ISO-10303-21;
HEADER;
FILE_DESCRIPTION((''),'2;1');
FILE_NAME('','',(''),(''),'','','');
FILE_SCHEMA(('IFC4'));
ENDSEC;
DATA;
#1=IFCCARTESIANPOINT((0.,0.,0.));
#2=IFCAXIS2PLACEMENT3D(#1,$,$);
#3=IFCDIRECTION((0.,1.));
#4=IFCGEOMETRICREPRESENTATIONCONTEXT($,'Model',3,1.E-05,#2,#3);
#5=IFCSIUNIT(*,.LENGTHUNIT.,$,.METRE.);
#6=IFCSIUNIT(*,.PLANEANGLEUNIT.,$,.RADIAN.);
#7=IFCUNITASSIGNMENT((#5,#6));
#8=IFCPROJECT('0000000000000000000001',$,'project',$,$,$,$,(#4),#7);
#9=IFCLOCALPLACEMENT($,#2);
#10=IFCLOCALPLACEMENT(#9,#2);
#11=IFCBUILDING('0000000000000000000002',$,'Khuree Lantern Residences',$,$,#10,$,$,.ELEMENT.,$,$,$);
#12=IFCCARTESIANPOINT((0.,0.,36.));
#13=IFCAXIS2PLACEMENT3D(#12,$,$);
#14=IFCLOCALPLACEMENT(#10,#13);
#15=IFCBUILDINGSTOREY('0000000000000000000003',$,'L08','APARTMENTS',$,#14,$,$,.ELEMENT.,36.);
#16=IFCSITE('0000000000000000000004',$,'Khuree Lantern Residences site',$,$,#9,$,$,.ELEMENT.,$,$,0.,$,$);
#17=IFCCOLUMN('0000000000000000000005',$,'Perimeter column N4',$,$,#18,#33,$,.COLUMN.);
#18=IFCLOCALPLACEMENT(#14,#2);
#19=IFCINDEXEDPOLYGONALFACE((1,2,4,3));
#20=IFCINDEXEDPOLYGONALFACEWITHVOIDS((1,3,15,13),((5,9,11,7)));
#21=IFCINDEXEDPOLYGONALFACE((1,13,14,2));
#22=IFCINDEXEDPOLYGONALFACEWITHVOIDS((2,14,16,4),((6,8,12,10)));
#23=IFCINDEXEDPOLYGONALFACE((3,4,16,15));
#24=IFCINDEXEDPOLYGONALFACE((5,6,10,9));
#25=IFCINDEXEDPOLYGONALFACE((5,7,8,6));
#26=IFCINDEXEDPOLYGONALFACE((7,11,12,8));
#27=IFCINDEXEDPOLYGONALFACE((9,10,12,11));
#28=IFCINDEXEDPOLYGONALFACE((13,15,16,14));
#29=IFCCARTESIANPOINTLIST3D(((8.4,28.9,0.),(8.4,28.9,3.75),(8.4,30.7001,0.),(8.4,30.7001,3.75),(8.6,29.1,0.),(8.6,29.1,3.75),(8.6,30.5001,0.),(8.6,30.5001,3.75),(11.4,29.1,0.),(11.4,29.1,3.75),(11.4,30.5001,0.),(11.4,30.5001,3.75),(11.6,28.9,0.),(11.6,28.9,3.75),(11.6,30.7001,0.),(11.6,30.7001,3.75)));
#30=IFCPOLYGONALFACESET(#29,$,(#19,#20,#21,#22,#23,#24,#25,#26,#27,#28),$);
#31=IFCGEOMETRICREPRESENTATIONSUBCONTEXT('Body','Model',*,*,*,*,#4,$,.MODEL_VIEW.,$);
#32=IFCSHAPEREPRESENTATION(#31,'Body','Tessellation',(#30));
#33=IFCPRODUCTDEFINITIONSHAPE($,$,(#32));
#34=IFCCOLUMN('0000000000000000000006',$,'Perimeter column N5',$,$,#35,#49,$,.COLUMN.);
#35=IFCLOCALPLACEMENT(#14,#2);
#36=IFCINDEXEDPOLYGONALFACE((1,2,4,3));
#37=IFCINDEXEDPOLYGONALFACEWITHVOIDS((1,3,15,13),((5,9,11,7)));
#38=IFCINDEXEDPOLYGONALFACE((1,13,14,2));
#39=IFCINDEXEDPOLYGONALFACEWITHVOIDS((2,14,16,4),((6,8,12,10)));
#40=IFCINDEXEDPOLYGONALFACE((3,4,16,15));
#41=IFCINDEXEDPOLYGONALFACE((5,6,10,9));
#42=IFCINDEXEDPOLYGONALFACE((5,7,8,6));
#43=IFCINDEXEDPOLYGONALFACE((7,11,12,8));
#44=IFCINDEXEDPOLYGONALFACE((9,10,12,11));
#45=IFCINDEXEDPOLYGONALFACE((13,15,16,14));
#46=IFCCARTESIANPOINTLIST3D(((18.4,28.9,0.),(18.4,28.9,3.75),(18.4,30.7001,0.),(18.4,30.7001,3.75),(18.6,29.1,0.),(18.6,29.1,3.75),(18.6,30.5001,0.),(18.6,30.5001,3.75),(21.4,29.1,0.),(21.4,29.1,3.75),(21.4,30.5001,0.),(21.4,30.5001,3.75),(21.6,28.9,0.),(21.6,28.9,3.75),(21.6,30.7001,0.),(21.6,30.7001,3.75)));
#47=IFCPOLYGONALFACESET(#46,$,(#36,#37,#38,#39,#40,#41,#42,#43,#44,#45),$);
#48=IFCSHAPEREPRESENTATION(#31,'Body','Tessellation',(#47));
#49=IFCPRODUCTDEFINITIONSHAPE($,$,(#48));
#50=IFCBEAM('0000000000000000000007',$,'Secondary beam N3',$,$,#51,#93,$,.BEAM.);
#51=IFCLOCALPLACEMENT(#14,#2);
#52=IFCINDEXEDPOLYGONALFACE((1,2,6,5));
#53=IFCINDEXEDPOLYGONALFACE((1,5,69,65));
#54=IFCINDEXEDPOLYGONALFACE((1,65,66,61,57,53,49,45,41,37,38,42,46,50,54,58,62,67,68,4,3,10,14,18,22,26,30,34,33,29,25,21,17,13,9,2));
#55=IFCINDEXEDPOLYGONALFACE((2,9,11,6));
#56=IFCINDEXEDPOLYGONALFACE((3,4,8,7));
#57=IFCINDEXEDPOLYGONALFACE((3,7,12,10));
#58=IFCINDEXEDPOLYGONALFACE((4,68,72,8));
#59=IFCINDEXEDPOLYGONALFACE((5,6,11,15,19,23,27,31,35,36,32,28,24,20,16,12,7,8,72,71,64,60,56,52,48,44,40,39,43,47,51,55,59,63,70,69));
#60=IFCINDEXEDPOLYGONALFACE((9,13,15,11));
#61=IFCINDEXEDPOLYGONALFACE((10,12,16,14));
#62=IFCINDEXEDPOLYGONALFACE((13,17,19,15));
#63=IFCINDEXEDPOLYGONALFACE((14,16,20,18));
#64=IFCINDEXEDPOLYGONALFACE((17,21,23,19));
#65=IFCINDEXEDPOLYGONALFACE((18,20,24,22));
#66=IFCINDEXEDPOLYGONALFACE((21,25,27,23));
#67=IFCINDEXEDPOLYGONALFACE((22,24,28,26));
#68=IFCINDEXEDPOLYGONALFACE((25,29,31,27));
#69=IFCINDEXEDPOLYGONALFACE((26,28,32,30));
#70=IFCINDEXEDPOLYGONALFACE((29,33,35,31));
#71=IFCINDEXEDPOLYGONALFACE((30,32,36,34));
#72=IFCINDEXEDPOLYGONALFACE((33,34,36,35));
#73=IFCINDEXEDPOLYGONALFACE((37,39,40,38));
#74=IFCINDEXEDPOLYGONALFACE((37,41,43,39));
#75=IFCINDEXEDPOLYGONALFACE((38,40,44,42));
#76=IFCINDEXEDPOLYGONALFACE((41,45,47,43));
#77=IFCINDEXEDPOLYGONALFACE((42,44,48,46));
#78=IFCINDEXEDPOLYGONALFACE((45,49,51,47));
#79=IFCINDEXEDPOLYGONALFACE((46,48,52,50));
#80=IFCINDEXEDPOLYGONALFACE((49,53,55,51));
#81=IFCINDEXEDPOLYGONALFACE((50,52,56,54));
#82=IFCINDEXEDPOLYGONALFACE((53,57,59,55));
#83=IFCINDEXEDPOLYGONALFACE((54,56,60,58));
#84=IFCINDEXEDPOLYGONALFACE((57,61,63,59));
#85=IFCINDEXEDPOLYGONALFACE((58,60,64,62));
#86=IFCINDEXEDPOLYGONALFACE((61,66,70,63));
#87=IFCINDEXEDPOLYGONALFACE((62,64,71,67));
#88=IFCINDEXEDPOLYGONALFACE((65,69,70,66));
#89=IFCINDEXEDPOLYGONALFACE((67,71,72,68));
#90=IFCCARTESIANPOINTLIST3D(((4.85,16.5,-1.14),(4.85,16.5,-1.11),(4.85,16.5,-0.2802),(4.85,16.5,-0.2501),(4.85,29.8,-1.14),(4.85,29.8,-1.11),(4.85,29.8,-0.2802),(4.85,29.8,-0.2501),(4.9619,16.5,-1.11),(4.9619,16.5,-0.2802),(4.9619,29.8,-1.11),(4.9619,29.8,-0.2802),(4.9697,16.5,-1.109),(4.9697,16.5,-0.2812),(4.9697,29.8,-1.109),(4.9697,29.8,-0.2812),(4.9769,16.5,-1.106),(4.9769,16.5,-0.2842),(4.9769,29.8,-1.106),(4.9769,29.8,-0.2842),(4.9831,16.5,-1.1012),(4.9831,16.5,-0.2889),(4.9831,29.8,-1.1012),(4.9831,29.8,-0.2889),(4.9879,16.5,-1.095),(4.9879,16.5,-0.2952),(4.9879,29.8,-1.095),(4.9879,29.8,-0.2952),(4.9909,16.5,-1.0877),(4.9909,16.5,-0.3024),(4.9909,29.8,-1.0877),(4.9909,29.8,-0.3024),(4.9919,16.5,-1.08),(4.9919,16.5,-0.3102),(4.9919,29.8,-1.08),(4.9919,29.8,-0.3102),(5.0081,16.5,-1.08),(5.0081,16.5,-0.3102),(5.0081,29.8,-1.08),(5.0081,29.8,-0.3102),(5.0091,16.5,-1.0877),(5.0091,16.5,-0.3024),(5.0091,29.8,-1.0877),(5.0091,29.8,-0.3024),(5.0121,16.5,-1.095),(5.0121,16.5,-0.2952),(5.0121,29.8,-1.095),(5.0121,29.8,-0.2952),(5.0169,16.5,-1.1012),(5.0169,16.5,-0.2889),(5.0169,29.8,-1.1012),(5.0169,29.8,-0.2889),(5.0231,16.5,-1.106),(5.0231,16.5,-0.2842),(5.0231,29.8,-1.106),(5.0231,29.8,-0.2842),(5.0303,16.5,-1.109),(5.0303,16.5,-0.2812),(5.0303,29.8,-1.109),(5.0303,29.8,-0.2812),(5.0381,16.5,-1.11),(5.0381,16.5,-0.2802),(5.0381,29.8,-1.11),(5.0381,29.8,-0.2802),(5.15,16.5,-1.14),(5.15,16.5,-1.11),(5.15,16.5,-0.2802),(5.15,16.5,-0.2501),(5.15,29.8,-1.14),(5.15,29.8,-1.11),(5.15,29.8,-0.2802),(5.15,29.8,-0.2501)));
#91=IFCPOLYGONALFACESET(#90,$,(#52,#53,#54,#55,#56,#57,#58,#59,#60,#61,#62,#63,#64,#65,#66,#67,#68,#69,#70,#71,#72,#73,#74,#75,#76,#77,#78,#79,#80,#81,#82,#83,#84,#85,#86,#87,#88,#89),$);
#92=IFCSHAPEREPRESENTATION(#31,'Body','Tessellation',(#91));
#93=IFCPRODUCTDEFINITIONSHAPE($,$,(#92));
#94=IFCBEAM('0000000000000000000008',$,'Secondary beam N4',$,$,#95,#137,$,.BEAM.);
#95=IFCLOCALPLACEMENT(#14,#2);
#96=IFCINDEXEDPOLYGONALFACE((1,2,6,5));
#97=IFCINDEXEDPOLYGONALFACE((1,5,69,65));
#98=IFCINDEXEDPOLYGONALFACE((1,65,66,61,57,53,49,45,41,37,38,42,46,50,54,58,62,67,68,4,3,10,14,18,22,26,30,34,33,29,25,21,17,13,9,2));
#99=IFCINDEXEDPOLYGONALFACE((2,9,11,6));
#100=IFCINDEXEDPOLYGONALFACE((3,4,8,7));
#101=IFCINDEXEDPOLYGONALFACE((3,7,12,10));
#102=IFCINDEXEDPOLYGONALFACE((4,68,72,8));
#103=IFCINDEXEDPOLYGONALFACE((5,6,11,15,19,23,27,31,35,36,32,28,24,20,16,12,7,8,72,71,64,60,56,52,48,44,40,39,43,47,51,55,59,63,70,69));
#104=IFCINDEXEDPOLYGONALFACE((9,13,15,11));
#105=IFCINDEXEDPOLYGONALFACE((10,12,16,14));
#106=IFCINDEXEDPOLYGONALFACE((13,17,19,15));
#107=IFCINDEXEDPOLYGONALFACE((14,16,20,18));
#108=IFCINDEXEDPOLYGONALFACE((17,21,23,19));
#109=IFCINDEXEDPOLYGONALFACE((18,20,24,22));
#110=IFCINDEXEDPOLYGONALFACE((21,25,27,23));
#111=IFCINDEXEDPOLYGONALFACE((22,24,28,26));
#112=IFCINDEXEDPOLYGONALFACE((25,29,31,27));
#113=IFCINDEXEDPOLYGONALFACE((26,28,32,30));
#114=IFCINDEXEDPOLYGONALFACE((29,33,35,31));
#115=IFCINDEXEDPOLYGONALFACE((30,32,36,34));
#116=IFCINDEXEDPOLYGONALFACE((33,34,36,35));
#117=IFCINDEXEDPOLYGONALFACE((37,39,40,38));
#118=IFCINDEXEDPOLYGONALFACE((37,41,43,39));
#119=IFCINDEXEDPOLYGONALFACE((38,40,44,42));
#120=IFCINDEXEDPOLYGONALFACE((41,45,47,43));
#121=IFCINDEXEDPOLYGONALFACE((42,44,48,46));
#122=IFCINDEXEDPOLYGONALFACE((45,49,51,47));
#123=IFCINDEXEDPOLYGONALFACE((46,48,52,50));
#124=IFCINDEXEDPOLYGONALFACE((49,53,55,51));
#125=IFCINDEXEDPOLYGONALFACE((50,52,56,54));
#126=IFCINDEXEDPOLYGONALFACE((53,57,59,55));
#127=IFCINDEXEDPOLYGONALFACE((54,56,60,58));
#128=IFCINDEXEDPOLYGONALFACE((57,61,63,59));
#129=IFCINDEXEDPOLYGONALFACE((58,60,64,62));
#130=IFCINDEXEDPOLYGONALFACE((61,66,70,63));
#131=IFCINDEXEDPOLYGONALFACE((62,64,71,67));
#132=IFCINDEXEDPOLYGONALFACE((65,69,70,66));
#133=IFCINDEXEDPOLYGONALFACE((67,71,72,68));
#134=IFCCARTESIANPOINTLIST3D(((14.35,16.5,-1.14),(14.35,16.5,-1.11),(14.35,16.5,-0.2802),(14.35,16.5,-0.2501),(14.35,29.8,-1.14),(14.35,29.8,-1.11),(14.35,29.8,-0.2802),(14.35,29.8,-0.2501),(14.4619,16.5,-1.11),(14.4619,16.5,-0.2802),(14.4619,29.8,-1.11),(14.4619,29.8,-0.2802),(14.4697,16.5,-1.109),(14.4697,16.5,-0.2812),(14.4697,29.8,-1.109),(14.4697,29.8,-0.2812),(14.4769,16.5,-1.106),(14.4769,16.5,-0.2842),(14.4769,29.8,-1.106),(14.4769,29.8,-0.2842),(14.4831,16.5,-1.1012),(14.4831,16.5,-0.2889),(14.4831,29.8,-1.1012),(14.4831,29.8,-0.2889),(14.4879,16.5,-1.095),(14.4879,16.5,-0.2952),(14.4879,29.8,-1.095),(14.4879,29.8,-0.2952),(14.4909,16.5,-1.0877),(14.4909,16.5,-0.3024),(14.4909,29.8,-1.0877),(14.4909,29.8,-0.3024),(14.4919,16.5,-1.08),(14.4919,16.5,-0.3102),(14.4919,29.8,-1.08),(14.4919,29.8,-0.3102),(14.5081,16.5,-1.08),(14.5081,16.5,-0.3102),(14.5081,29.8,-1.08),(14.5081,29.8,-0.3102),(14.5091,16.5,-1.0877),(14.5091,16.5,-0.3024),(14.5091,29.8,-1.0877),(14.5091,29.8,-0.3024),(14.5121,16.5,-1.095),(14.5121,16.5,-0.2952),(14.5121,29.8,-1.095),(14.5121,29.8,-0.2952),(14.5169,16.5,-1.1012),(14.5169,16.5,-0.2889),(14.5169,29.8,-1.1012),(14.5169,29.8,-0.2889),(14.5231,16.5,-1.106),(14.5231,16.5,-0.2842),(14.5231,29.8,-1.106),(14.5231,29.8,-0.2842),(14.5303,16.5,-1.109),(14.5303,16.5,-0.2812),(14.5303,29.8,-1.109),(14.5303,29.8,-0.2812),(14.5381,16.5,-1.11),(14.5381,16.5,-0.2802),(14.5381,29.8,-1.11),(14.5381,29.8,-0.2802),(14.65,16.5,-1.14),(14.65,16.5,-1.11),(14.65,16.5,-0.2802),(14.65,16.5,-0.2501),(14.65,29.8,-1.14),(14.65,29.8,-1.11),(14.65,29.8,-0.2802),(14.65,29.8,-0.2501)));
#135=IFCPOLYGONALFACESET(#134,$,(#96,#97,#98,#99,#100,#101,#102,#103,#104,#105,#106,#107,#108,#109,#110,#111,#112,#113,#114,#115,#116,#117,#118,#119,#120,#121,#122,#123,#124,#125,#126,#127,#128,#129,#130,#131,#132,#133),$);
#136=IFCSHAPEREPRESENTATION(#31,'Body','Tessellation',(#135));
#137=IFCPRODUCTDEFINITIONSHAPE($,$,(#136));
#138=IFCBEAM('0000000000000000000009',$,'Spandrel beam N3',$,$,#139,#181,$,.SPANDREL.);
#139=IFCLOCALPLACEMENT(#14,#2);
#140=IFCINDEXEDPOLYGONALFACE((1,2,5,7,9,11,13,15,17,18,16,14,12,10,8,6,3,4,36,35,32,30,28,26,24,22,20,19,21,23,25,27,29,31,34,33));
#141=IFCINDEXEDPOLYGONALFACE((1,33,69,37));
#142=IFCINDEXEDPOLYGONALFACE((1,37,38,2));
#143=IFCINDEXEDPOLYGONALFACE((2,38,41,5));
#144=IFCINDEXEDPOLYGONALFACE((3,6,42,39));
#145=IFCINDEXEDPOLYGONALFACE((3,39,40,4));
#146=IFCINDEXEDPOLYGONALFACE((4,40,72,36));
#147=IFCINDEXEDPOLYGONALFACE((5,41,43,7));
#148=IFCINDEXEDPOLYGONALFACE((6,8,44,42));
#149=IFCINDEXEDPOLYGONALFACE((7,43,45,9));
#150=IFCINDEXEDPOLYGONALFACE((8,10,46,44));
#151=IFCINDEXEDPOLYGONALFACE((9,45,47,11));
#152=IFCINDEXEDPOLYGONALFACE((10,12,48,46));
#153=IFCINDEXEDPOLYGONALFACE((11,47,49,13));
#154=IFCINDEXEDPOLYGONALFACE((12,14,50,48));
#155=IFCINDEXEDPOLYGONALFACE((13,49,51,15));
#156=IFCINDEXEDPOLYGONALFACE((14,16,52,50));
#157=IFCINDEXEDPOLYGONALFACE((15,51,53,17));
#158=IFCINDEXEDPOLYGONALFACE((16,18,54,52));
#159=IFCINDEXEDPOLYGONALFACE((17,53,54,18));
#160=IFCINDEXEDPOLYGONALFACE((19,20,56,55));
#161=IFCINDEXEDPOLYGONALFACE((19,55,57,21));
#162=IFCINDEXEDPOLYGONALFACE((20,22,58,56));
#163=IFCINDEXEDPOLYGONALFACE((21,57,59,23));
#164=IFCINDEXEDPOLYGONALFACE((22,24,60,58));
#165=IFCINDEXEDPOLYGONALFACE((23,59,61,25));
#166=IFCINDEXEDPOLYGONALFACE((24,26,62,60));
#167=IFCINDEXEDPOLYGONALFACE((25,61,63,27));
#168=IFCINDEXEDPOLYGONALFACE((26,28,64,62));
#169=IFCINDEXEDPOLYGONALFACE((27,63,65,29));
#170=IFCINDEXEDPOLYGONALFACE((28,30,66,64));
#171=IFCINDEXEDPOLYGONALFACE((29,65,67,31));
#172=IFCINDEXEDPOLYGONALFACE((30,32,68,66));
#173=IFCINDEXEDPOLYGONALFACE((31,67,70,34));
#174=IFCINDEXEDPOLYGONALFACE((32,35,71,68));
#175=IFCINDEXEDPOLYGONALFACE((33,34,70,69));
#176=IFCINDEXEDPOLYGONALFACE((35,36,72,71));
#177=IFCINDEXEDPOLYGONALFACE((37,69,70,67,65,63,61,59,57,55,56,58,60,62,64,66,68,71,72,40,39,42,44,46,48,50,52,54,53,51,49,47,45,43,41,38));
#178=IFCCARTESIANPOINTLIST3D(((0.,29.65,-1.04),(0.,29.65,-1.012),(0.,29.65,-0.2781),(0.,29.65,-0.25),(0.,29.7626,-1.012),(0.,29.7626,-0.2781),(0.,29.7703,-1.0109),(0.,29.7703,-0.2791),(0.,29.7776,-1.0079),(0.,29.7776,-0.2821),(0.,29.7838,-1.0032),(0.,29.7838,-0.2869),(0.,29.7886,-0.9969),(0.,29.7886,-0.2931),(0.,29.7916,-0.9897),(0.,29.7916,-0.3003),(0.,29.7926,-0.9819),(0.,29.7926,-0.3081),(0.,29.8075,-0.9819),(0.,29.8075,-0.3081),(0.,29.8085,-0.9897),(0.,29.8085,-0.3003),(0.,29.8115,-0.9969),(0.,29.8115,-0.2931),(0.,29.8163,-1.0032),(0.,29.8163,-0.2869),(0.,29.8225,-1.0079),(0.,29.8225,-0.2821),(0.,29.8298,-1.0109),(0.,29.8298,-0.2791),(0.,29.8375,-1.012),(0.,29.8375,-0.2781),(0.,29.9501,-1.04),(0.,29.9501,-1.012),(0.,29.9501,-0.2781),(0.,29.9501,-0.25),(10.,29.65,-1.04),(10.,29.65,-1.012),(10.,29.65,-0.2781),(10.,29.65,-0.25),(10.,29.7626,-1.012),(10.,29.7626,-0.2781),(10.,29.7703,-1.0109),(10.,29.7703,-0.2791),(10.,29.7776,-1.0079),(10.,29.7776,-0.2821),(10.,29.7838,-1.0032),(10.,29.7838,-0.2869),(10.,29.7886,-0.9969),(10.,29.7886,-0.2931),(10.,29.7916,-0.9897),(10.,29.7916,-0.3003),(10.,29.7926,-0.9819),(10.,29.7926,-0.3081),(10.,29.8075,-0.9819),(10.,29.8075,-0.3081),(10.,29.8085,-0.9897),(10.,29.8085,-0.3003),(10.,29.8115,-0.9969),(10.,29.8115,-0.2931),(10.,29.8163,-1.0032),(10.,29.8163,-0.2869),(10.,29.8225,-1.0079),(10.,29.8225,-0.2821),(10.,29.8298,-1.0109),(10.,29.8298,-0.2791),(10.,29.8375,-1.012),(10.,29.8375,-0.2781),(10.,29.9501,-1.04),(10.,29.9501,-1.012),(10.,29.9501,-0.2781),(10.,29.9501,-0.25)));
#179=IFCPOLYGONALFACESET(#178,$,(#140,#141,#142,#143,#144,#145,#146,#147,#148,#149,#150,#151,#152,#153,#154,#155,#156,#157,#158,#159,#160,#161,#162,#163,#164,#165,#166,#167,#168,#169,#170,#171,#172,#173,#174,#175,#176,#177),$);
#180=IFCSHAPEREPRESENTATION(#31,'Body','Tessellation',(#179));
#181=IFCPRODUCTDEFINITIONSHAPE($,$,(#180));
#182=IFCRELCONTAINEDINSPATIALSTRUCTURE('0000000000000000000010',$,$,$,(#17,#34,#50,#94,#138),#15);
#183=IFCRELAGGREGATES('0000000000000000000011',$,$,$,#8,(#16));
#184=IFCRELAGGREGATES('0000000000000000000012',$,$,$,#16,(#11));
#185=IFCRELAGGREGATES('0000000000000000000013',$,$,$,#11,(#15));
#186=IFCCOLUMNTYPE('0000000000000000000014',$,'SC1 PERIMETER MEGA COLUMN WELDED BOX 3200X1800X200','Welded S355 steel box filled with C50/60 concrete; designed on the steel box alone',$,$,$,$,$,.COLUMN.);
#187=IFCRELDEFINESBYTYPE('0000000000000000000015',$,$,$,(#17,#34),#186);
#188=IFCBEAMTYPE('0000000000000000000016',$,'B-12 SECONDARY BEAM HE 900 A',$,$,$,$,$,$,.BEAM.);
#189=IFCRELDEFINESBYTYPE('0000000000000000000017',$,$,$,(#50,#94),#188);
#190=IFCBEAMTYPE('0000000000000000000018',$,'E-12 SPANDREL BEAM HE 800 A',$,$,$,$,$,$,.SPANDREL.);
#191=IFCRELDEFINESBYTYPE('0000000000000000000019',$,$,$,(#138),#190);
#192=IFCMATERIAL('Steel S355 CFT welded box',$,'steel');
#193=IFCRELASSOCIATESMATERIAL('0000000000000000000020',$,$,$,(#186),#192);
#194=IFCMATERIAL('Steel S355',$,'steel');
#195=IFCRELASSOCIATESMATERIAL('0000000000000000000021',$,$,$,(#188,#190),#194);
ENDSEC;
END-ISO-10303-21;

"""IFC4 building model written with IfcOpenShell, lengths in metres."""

from ifc_helpers import new_model, si_unit, direction, frame, origin, origin_2d, place, context, subcontext, project, spatial, hollow_rectangle, i_section, extrude, material, material_profile, profile_set, type_object, element, save


model = new_model("IFC4")

# Units and contexts
model_context = context("Model", 3, precision=1e-05, world=origin(), true_north=direction((0.0, 1.0)))
body_context = subcontext(model_context, "Body", "Model", "MODEL_VIEW")
ifc_project = project(units=[si_unit("LENGTHUNIT", "METRE"), si_unit("PLANEANGLEUNIT", "RADIAN")], contexts=[model_context])

# Site, building, storey
site_placement = place(None, origin())
site = spatial("IfcSite", under=ifc_project, at=site_placement, Name="Khuree Lantern Residences site", CompositionType="ELEMENT", RefElevation=0.0)
building_placement = place(site_placement, origin())
building = spatial("IfcBuilding", under=site, at=building_placement, Name="Khuree Lantern Residences", CompositionType="ELEMENT")
storey_placement = place(building_placement, frame((0.0, 0.0, 36.0)))
storey = spatial("IfcBuildingStorey", under=building, at=storey_placement, Name="L08", Description="APARTMENTS", CompositionType="ELEMENT", Elevation=36.0)

# Columns
ifc_material_1 = material(Name="Steel S355 CFT welded box", Category="steel")
ifc_material_profile_1 = material_profile(ifc_material_1, hollow_rectangle(XDim=3.2, YDim=1.8, WallThickness=0.2, at=origin_2d()), Name="WELDED BOX 3200X1800X200")
ifc_profile_set_1 = profile_set([ifc_material_profile_1], Name="Steel S355 CFT welded box")
column_type = type_object("IfcColumnType", Name="SC1 PERIMETER MEGA COLUMN WELDED BOX 3200X1800X200", Description="Welded S355 steel box filled with C50/60 concrete; designed on the steel box alone", PredefinedType="COLUMN", material=ifc_profile_set_1)
for number, where, z_axis, x_axis, name in (
    (1, (10.0, 29.8, 0.0), (0.0, 0.0, 1.0), (1.0, 0.0, 0.0), "Perimeter column N4"),
    (2, (20.0, 29.8, 0.0), (0.0, 0.0, 1.0), (1.0, 0.0, 0.0), "Perimeter column N5"),
):
    element("IfcColumn", number, at=place(storey_placement, frame(where, z_axis=z_axis, x_axis=x_axis)), inside=storey, type_object=column_type, Name=name, PredefinedType="COLUMN", context=body_context, shape_type="SweptSolid", body=[
        extrude(hollow_rectangle(XDim=3.2, YDim=1.8, WallThickness=0.2, at=origin_2d()), origin(), (0.0, 0.0, 1.0), 3.75),
    ])

# Beams
ifc_material_2 = material(Name="Steel S355", Category="steel")
ifc_material_profile_2 = material_profile(ifc_material_2, i_section(OverallWidth=0.3, OverallDepth=0.8899, WebThickness=0.0161, FlangeThickness=0.03, FilletRadius=0.03, at=origin_2d()), Name="HE 900 A")
ifc_profile_set_2 = profile_set([ifc_material_profile_2], Name="Steel S355")
beam_type_1 = type_object("IfcBeamType", Name="B-12 SECONDARY BEAM HE 900 A", PredefinedType="BEAM", material=ifc_profile_set_2)
for number, where, z_axis, x_axis, name in (
    (3, (5.0, 29.8, -0.6951), (0.0, -1.0, 0.0), (1.0, 0.0, 0.0), "Secondary beam N3"),
    (4, (14.5, 29.8, -0.6951), (0.0, -1.0, 0.0), (1.0, 0.0, 0.0), "Secondary beam N4"),
):
    element("IfcBeam", number, at=place(storey_placement, frame(where, z_axis=z_axis, x_axis=x_axis)), inside=storey, type_object=beam_type_1, Name=name, PredefinedType="BEAM", context=body_context, shape_type="SweptSolid", body=[
        extrude(i_section(OverallWidth=0.3, OverallDepth=0.8899, WebThickness=0.0161, FlangeThickness=0.03, FilletRadius=0.03, at=origin_2d()), origin(), (0.0, 0.0, 1.0), 13.3),
    ])
ifc_material_profile_3 = material_profile(ifc_material_2, i_section(OverallWidth=0.3, OverallDepth=0.79, WebThickness=0.0149, FlangeThickness=0.0281, FilletRadius=0.03, at=origin_2d()), Name="HE 800 A")
ifc_profile_set_3 = profile_set([ifc_material_profile_3], Name="Steel S355")
beam_type_2 = type_object("IfcBeamType", Name="E-12 SPANDREL BEAM HE 800 A", PredefinedType="SPANDREL", material=ifc_profile_set_3)
for number, where, z_axis, x_axis, name in (
    (5, (0.0, 29.8, -0.645), (1.0, 0.0, 0.0), (0.0, 1.0, 0.0), "Spandrel beam N3"),
):
    element("IfcBeam", number, at=place(storey_placement, frame(where, z_axis=z_axis, x_axis=x_axis)), inside=storey, type_object=beam_type_2, Name=name, PredefinedType="SPANDREL", context=body_context, shape_type="SweptSolid", body=[
        extrude(i_section(OverallWidth=0.3, OverallDepth=0.79, WebThickness=0.0149, FlangeThickness=0.0281, FilletRadius=0.03, at=origin_2d()), origin(), (0.0, 0.0, 1.0), 10.0),
    ])

save(model, "model.ifc")
